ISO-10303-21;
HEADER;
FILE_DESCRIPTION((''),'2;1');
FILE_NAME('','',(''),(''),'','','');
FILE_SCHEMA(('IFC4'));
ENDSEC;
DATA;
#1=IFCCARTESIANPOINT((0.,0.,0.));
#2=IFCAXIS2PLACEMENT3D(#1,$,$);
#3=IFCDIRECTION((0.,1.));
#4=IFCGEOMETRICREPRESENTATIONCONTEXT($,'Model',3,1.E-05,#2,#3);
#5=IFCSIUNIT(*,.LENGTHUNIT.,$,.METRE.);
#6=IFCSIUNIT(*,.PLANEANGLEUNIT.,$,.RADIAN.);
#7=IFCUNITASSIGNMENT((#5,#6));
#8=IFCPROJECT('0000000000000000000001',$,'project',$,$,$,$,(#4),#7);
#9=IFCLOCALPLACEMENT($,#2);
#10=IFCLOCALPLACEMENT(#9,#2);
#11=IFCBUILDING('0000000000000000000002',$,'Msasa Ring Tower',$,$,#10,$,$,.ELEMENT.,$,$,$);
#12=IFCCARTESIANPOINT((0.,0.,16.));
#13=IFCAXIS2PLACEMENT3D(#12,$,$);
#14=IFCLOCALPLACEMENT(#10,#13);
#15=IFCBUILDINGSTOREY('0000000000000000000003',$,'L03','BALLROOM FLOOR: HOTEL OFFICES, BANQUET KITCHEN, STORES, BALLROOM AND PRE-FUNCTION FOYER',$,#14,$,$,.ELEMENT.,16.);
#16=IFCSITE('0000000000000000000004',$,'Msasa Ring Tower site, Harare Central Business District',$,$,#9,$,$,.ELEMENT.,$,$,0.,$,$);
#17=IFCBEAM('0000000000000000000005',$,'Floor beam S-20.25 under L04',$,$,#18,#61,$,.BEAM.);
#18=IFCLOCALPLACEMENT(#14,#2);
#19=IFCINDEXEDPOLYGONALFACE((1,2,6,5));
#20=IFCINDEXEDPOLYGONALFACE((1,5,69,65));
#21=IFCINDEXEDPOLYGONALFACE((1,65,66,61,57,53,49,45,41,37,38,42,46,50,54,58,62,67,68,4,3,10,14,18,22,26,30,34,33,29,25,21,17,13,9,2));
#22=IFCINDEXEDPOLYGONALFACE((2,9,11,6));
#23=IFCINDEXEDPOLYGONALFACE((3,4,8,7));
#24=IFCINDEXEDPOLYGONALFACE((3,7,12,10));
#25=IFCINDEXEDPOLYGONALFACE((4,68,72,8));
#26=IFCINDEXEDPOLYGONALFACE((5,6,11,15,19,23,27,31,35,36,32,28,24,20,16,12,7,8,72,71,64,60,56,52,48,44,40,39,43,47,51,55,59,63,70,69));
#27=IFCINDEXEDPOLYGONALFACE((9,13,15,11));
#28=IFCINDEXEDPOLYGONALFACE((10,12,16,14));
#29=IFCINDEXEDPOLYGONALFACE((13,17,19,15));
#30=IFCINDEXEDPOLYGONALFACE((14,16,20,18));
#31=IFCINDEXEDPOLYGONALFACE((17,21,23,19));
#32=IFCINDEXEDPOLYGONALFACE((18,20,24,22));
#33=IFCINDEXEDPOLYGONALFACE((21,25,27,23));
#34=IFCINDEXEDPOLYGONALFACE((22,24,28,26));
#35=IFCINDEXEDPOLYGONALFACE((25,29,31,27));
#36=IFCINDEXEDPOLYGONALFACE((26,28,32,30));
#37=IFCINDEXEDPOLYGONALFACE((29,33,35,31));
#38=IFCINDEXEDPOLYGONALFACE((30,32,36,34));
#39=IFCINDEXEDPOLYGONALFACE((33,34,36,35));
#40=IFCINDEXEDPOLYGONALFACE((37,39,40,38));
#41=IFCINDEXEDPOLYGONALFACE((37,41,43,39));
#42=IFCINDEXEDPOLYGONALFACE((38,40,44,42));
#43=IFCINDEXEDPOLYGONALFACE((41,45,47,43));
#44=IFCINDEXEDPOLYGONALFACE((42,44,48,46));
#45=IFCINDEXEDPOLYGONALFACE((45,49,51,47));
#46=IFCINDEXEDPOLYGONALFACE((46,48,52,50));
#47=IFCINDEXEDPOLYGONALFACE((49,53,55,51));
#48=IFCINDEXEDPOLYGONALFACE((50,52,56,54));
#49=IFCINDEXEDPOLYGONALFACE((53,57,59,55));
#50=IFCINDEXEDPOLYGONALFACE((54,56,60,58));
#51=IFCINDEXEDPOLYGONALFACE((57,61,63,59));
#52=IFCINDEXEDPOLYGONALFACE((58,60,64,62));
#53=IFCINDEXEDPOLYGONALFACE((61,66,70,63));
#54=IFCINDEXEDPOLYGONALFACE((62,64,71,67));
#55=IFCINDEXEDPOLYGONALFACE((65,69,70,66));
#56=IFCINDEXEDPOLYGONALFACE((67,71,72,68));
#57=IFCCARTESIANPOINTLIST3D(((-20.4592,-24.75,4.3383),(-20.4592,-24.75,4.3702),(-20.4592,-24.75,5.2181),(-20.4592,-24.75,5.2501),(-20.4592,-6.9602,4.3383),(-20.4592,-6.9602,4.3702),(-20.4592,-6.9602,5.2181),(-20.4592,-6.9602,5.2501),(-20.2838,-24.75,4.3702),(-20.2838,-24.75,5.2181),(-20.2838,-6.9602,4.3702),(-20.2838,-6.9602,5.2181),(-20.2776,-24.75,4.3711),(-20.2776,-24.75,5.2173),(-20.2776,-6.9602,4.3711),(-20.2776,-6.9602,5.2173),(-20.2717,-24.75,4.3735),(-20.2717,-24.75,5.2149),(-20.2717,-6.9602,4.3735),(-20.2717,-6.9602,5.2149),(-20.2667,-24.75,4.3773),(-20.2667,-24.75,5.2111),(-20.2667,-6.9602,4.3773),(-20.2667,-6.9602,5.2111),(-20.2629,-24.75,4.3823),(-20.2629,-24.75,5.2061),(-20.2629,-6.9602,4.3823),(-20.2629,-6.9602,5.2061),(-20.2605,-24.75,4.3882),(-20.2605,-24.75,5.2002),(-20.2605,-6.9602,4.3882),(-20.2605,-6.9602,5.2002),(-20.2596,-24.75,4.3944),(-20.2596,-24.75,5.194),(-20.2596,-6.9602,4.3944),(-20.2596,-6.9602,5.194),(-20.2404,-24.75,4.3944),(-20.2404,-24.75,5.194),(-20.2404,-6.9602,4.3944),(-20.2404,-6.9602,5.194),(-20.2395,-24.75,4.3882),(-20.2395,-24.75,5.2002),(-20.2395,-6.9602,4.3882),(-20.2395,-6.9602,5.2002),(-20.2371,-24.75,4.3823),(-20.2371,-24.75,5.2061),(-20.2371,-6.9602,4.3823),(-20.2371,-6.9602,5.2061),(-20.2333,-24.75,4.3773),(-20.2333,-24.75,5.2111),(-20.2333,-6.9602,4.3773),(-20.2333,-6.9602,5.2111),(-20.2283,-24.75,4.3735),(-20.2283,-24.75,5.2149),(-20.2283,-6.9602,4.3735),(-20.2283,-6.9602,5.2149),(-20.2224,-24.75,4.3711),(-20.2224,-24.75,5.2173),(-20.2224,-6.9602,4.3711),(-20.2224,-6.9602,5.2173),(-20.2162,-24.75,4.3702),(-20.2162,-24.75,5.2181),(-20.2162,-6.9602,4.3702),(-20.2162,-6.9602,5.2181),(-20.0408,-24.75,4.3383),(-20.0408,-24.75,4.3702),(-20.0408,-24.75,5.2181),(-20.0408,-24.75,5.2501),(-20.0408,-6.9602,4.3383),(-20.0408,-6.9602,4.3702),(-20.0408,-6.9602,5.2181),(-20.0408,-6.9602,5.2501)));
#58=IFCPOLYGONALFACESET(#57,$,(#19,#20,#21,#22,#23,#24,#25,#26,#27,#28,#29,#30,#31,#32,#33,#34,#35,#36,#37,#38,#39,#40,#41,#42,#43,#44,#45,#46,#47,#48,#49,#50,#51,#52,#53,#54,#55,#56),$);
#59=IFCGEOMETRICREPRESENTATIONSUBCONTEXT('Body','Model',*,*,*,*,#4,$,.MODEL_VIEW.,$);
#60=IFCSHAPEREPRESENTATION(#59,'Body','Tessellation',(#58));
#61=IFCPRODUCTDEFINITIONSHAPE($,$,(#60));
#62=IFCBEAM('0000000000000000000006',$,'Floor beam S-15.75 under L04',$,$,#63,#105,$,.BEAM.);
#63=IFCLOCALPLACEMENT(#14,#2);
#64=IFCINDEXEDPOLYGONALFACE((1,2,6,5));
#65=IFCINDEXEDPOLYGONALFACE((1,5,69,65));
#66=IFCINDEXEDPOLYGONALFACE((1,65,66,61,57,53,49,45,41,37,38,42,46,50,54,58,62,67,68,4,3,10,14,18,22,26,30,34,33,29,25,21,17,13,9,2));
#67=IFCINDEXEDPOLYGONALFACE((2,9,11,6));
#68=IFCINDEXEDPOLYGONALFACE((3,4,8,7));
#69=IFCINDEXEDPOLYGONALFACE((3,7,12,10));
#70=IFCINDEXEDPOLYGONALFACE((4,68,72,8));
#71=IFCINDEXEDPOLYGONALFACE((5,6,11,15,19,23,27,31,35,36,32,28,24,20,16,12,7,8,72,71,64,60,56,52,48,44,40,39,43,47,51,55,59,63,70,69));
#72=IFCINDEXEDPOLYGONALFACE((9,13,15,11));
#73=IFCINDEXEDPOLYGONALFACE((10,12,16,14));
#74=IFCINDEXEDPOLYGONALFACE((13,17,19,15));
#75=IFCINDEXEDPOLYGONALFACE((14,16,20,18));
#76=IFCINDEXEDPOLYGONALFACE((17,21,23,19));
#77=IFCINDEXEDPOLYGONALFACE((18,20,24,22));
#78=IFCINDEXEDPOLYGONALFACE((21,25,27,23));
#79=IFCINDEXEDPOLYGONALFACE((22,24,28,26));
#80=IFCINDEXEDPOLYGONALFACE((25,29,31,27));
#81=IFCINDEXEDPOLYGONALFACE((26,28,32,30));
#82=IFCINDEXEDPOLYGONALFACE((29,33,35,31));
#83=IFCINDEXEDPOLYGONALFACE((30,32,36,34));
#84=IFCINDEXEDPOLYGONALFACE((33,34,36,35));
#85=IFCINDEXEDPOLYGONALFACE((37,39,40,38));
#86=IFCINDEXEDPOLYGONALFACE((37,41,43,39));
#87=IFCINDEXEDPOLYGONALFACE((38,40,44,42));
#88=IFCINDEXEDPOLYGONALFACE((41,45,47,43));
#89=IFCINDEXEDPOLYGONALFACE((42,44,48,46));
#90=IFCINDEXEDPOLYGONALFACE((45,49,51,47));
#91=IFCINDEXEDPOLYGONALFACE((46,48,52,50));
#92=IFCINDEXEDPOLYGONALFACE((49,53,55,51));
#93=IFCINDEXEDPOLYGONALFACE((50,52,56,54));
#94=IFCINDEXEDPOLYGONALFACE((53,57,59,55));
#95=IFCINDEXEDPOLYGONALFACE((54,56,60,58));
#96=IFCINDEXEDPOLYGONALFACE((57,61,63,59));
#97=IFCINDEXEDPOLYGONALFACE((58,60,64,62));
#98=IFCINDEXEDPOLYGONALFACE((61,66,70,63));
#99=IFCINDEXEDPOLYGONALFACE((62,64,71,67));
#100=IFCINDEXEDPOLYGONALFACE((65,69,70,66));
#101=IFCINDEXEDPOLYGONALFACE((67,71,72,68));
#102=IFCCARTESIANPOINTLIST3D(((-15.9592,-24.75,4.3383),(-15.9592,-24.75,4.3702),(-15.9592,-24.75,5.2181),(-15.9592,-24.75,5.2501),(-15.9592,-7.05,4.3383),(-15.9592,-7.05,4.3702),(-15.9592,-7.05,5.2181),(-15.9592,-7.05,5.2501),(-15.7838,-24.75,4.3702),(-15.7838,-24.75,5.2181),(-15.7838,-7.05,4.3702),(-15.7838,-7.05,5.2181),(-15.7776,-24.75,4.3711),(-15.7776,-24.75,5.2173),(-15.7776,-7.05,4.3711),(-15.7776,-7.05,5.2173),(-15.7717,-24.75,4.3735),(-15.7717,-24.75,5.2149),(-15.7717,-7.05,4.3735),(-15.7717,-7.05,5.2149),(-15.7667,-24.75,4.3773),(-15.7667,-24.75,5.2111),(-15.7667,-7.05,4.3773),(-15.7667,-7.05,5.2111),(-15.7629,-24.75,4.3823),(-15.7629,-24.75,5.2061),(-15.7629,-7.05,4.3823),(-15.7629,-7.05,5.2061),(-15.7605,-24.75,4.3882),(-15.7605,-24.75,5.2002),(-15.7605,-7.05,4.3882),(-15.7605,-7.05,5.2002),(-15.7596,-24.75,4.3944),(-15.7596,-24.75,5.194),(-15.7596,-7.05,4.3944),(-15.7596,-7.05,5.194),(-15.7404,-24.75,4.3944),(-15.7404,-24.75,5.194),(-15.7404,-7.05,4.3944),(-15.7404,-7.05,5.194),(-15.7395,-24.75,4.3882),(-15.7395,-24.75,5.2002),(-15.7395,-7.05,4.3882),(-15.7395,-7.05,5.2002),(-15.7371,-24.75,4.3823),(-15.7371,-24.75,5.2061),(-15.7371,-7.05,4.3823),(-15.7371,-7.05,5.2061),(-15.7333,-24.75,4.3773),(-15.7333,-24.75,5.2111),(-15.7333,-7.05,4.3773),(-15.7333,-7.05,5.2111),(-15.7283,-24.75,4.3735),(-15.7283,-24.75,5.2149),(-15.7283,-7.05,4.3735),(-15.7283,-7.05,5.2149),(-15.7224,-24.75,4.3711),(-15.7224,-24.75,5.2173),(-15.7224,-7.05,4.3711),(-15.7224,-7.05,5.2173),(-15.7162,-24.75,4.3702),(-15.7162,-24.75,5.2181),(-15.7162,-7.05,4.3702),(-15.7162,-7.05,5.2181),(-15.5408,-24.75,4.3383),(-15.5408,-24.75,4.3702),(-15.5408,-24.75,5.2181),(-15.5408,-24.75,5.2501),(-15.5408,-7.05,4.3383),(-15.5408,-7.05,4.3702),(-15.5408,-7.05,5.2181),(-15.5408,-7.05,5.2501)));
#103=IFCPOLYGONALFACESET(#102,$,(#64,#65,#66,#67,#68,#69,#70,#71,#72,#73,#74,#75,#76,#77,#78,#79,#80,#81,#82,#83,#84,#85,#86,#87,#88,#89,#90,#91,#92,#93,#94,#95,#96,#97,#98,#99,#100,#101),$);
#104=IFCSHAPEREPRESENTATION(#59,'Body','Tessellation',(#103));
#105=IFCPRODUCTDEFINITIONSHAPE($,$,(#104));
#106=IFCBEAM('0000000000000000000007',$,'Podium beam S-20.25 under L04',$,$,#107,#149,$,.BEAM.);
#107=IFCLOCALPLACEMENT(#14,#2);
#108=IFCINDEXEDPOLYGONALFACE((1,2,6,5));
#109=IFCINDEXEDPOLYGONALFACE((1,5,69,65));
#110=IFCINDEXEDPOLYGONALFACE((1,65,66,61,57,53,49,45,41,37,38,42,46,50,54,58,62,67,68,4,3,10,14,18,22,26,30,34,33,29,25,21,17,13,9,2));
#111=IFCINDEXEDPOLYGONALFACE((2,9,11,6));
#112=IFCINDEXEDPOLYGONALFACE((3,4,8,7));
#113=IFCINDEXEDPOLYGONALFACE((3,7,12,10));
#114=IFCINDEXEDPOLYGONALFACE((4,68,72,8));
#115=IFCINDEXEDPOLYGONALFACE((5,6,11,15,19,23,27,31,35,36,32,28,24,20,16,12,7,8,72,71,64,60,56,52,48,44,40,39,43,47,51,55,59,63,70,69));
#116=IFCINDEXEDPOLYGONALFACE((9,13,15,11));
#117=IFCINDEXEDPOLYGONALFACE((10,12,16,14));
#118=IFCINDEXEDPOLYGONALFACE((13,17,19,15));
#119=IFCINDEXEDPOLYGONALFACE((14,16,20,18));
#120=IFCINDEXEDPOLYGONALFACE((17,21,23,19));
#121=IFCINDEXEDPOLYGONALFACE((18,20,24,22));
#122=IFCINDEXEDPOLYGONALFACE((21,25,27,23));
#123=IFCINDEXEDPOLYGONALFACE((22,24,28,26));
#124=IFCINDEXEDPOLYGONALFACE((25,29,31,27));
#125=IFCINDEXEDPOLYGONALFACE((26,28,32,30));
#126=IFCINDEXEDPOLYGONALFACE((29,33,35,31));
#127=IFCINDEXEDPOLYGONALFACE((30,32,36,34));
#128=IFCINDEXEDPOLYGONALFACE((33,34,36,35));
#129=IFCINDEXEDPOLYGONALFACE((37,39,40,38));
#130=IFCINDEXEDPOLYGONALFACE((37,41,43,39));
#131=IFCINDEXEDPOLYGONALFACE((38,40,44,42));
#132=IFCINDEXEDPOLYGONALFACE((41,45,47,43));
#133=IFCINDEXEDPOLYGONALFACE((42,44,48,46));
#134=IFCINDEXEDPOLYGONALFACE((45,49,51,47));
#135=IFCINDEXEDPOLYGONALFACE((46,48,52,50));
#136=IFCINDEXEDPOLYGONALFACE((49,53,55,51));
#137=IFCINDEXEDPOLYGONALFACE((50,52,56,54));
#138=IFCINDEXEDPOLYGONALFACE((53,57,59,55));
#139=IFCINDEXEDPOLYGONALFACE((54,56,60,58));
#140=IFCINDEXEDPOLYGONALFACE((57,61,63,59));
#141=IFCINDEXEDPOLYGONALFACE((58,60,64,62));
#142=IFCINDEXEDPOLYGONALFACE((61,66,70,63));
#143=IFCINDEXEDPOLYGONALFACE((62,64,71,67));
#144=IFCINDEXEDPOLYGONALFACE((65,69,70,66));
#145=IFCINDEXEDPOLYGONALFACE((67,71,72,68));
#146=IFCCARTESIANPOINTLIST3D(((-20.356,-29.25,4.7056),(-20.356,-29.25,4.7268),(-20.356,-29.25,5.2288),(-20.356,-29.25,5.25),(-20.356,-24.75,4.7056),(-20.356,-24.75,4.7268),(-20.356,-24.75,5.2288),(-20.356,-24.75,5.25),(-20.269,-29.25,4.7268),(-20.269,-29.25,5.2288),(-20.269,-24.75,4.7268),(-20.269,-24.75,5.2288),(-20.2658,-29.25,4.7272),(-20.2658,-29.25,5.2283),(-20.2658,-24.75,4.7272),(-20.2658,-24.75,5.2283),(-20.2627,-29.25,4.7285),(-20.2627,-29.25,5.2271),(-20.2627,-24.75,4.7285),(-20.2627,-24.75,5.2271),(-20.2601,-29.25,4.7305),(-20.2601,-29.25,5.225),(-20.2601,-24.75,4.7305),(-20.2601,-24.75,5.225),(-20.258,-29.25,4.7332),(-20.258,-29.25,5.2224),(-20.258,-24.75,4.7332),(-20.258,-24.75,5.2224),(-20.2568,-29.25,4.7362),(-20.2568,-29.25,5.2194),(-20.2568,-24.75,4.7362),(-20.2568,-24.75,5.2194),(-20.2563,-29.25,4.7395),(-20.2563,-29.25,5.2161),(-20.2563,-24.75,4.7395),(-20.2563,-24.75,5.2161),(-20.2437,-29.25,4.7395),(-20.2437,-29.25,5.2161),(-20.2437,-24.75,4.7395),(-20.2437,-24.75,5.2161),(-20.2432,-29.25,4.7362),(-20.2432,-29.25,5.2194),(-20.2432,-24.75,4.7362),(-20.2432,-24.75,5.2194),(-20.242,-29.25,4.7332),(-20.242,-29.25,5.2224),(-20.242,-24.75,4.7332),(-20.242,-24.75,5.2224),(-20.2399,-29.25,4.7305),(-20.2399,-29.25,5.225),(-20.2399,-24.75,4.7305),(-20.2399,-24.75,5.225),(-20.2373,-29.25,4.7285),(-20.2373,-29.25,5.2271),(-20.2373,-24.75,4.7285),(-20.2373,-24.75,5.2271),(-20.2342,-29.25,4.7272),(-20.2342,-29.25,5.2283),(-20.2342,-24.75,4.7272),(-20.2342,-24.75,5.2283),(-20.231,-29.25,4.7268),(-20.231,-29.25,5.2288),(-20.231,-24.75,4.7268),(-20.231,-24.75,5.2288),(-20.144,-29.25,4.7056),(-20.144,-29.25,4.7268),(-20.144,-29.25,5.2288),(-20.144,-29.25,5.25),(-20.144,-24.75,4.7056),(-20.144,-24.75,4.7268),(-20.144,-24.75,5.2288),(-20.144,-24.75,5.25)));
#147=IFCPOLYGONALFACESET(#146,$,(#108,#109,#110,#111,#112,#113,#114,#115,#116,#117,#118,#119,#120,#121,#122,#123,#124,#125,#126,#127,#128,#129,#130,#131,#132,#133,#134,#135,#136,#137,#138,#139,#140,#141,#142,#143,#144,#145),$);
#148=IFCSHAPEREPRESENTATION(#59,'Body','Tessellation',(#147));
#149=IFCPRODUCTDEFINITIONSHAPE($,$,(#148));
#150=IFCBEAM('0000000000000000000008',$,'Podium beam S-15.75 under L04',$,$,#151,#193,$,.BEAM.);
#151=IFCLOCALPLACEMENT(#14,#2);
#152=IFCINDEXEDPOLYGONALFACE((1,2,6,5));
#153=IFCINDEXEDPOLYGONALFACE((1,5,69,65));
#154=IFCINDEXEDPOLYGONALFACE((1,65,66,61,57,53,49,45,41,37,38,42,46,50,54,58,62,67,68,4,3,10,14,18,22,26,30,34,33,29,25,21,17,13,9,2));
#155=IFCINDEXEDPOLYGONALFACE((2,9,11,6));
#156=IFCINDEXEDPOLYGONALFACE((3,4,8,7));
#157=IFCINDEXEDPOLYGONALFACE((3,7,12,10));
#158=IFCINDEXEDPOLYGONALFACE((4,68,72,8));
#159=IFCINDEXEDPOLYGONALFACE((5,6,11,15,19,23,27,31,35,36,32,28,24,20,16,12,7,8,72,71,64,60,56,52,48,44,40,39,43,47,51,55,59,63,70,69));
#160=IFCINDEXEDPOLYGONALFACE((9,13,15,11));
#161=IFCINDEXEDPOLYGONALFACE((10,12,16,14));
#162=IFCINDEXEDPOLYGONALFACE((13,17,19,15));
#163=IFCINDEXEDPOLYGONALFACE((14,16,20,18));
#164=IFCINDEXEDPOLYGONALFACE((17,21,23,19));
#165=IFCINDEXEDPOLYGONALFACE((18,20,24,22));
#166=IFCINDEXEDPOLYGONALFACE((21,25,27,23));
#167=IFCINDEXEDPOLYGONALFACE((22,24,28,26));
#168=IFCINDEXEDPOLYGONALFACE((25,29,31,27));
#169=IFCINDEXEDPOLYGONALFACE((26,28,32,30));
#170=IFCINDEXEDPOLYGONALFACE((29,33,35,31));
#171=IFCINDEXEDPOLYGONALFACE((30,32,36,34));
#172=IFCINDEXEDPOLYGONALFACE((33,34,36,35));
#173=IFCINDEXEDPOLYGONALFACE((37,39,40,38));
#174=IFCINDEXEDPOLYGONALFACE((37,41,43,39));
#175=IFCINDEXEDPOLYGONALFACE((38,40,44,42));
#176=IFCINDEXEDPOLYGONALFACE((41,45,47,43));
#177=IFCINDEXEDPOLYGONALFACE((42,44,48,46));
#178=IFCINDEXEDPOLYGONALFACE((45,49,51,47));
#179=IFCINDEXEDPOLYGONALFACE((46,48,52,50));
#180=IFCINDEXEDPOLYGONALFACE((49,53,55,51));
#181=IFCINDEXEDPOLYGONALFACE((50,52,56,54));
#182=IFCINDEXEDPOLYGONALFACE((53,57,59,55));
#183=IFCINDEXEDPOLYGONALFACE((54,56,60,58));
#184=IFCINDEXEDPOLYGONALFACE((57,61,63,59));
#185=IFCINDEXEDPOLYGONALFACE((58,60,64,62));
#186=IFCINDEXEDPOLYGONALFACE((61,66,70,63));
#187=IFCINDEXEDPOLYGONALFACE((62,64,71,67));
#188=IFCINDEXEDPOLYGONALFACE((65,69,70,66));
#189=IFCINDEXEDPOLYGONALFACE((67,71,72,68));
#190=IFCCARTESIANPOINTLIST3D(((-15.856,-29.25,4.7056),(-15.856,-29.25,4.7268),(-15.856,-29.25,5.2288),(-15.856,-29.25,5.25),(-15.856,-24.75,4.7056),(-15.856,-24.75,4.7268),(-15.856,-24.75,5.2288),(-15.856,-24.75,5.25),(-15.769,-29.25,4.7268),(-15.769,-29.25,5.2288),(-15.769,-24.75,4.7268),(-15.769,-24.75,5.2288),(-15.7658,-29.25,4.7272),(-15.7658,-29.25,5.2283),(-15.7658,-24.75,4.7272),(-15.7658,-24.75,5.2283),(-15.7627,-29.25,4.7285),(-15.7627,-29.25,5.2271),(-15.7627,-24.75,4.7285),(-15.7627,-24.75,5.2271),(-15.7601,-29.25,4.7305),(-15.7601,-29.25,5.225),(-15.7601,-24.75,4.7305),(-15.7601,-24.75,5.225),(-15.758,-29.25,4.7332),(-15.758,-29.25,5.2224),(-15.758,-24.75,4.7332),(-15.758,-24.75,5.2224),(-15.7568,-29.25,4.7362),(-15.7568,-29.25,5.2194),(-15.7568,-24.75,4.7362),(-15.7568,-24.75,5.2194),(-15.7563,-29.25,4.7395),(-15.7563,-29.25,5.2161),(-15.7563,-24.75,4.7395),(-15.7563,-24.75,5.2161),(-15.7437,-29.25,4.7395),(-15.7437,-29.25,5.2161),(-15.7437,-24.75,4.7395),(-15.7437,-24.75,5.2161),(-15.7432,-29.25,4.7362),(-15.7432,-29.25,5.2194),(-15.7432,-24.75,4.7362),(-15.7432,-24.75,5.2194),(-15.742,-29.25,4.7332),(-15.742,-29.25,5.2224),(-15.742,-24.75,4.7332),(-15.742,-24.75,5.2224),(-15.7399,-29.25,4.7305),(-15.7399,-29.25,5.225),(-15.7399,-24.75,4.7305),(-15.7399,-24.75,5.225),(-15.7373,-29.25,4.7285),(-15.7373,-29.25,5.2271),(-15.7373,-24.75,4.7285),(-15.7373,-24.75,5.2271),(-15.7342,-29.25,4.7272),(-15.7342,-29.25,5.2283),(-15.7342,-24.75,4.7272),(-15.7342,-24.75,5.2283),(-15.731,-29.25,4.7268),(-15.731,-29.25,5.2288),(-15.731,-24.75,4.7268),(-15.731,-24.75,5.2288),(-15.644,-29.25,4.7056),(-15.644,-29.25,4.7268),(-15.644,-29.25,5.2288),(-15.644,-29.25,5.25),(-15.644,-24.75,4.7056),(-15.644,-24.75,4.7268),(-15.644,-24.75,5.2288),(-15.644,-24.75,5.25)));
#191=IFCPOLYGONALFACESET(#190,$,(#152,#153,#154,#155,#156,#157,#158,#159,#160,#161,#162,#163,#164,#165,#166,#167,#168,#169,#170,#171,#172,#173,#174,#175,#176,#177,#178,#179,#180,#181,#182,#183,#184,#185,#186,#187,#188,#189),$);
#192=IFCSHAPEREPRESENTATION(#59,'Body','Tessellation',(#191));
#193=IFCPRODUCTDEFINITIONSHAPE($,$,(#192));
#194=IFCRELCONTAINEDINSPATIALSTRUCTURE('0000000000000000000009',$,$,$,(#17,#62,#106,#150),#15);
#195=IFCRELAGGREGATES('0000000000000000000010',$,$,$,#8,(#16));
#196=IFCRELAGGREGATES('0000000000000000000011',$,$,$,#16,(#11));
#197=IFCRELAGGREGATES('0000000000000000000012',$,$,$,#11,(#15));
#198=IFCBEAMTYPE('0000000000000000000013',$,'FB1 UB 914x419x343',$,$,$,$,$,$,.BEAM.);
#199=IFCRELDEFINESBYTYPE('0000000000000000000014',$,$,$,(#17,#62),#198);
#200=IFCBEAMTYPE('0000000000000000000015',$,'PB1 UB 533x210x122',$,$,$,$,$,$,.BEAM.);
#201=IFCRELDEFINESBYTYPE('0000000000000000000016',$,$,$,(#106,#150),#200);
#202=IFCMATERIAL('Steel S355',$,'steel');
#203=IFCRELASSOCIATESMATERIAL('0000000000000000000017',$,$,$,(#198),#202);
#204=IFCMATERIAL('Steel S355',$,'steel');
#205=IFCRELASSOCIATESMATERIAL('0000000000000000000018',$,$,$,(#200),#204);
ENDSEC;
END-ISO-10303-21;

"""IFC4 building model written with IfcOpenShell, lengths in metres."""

from ifc_helpers import new_model, si_unit, direction, frame, origin, origin_2d, place, context, subcontext, project, spatial, i_section, extrude, material, material_profile, profile_set, type_object, element, save


model = new_model("IFC4")

# Units and contexts
model_context = context("Model", 3, precision=1e-05, world=origin(), true_north=direction((0.0, 1.0)))
body_context = subcontext(model_context, "Body", "Model", "MODEL_VIEW")
ifc_project = project(units=[si_unit("LENGTHUNIT", "METRE"), si_unit("PLANEANGLEUNIT", "RADIAN")], contexts=[model_context])

# Site, building, storey
site_placement = place(None, origin())
site = spatial("IfcSite", under=ifc_project, at=site_placement, Name="Msasa Ring Tower site, Harare Central Business District", CompositionType="ELEMENT", RefElevation=0.0)
building_placement = place(site_placement, origin())
building = spatial("IfcBuilding", under=site, at=building_placement, Name="Msasa Ring Tower", CompositionType="ELEMENT")
storey_placement = place(building_placement, frame((0.0, 0.0, 16.0)))
storey = spatial("IfcBuildingStorey", under=building, at=storey_placement, Name="L03", Description="BALLROOM FLOOR: HOTEL OFFICES, BANQUET KITCHEN, STORES, BALLROOM AND PRE-FUNCTION FOYER", CompositionType="ELEMENT", Elevation=16.0)

# Beams
ifc_material_1 = material(Name="Steel S355", Category="steel")
ifc_material_profile_1 = material_profile(ifc_material_1, i_section(OverallWidth=0.4185, OverallDepth=0.9119, WebThickness=0.0193, FlangeThickness=0.032, FilletRadius=0.0242, at=origin_2d()), Name="UB 914x419x343")
ifc_profile_set_1 = profile_set([ifc_material_profile_1], Name="Steel S355")
beam_type_1 = type_object("IfcBeamType", Name="FB1 UB 914x419x343", PredefinedType="BEAM", material=ifc_profile_set_1)
beam_1_placement = place(storey_placement, frame((-20.25, -24.75, 4.7942), z_axis=(0.0, 1.0, 0.0), x_axis=(-1.0, 0.0, 0.0)))
element("IfcBeam", 1, at=beam_1_placement, inside=storey, type_object=beam_type_1, Name="Floor beam S-20.25 under L04", PredefinedType="BEAM", context=body_context, shape_type="SweptSolid", body=[
    extrude(i_section(OverallWidth=0.4185, OverallDepth=0.9119, WebThickness=0.0193, FlangeThickness=0.032, FilletRadius=0.0242, at=origin_2d()), origin(), (0.0, 0.0, 1.0), 17.7898),
])
beam_2_placement = place(storey_placement, frame((-15.75, -24.75, 4.7942), z_axis=(0.0, 1.0, 0.0), x_axis=(-1.0, 0.0, 0.0)))
element("IfcBeam", 2, at=beam_2_placement, inside=storey, type_object=beam_type_1, Name="Floor beam S-15.75 under L04", PredefinedType="BEAM", context=body_context, shape_type="SweptSolid", body=[
    extrude(i_section(OverallWidth=0.4185, OverallDepth=0.9119, WebThickness=0.0193, FlangeThickness=0.032, FilletRadius=0.0242, at=origin_2d()), origin(), (0.0, 0.0, 1.0), 17.7),
])
ifc_material_2 = material(Name="Steel S355", Category="steel")
ifc_material_profile_2 = material_profile(ifc_material_2, i_section(OverallWidth=0.2119, OverallDepth=0.5444, WebThickness=0.0127, FlangeThickness=0.0212, FilletRadius=0.0127, at=origin_2d()), Name="UB 533x210x122")
ifc_profile_set_2 = profile_set([ifc_material_profile_2], Name="Steel S355")
beam_type_2 = type_object("IfcBeamType", Name="PB1 UB 533x210x122", PredefinedType="BEAM", material=ifc_profile_set_2)
for number, where, z_axis, x_axis, name in (
    (3, (-20.25, -29.25, 4.9778), (0.0, 1.0, 0.0), (-1.0, 0.0, 0.0), "Podium beam S-20.25 under L04"),
    (4, (-15.75, -29.25, 4.9778), (0.0, 1.0, 0.0), (-1.0, 0.0, 0.0), "Podium beam S-15.75 under L04"),
):
    element("IfcBeam", number, at=place(storey_placement, frame(where, z_axis=z_axis, x_axis=x_axis)), inside=storey, type_object=beam_type_2, Name=name, PredefinedType="BEAM", context=body_context, shape_type="SweptSolid", body=[
        extrude(i_section(OverallWidth=0.2119, OverallDepth=0.5444, WebThickness=0.0127, FlangeThickness=0.0212, FilletRadius=0.0127, at=origin_2d()), origin(), (0.0, 0.0, 1.0), 4.5),
    ])

save(model, "model.ifc")
